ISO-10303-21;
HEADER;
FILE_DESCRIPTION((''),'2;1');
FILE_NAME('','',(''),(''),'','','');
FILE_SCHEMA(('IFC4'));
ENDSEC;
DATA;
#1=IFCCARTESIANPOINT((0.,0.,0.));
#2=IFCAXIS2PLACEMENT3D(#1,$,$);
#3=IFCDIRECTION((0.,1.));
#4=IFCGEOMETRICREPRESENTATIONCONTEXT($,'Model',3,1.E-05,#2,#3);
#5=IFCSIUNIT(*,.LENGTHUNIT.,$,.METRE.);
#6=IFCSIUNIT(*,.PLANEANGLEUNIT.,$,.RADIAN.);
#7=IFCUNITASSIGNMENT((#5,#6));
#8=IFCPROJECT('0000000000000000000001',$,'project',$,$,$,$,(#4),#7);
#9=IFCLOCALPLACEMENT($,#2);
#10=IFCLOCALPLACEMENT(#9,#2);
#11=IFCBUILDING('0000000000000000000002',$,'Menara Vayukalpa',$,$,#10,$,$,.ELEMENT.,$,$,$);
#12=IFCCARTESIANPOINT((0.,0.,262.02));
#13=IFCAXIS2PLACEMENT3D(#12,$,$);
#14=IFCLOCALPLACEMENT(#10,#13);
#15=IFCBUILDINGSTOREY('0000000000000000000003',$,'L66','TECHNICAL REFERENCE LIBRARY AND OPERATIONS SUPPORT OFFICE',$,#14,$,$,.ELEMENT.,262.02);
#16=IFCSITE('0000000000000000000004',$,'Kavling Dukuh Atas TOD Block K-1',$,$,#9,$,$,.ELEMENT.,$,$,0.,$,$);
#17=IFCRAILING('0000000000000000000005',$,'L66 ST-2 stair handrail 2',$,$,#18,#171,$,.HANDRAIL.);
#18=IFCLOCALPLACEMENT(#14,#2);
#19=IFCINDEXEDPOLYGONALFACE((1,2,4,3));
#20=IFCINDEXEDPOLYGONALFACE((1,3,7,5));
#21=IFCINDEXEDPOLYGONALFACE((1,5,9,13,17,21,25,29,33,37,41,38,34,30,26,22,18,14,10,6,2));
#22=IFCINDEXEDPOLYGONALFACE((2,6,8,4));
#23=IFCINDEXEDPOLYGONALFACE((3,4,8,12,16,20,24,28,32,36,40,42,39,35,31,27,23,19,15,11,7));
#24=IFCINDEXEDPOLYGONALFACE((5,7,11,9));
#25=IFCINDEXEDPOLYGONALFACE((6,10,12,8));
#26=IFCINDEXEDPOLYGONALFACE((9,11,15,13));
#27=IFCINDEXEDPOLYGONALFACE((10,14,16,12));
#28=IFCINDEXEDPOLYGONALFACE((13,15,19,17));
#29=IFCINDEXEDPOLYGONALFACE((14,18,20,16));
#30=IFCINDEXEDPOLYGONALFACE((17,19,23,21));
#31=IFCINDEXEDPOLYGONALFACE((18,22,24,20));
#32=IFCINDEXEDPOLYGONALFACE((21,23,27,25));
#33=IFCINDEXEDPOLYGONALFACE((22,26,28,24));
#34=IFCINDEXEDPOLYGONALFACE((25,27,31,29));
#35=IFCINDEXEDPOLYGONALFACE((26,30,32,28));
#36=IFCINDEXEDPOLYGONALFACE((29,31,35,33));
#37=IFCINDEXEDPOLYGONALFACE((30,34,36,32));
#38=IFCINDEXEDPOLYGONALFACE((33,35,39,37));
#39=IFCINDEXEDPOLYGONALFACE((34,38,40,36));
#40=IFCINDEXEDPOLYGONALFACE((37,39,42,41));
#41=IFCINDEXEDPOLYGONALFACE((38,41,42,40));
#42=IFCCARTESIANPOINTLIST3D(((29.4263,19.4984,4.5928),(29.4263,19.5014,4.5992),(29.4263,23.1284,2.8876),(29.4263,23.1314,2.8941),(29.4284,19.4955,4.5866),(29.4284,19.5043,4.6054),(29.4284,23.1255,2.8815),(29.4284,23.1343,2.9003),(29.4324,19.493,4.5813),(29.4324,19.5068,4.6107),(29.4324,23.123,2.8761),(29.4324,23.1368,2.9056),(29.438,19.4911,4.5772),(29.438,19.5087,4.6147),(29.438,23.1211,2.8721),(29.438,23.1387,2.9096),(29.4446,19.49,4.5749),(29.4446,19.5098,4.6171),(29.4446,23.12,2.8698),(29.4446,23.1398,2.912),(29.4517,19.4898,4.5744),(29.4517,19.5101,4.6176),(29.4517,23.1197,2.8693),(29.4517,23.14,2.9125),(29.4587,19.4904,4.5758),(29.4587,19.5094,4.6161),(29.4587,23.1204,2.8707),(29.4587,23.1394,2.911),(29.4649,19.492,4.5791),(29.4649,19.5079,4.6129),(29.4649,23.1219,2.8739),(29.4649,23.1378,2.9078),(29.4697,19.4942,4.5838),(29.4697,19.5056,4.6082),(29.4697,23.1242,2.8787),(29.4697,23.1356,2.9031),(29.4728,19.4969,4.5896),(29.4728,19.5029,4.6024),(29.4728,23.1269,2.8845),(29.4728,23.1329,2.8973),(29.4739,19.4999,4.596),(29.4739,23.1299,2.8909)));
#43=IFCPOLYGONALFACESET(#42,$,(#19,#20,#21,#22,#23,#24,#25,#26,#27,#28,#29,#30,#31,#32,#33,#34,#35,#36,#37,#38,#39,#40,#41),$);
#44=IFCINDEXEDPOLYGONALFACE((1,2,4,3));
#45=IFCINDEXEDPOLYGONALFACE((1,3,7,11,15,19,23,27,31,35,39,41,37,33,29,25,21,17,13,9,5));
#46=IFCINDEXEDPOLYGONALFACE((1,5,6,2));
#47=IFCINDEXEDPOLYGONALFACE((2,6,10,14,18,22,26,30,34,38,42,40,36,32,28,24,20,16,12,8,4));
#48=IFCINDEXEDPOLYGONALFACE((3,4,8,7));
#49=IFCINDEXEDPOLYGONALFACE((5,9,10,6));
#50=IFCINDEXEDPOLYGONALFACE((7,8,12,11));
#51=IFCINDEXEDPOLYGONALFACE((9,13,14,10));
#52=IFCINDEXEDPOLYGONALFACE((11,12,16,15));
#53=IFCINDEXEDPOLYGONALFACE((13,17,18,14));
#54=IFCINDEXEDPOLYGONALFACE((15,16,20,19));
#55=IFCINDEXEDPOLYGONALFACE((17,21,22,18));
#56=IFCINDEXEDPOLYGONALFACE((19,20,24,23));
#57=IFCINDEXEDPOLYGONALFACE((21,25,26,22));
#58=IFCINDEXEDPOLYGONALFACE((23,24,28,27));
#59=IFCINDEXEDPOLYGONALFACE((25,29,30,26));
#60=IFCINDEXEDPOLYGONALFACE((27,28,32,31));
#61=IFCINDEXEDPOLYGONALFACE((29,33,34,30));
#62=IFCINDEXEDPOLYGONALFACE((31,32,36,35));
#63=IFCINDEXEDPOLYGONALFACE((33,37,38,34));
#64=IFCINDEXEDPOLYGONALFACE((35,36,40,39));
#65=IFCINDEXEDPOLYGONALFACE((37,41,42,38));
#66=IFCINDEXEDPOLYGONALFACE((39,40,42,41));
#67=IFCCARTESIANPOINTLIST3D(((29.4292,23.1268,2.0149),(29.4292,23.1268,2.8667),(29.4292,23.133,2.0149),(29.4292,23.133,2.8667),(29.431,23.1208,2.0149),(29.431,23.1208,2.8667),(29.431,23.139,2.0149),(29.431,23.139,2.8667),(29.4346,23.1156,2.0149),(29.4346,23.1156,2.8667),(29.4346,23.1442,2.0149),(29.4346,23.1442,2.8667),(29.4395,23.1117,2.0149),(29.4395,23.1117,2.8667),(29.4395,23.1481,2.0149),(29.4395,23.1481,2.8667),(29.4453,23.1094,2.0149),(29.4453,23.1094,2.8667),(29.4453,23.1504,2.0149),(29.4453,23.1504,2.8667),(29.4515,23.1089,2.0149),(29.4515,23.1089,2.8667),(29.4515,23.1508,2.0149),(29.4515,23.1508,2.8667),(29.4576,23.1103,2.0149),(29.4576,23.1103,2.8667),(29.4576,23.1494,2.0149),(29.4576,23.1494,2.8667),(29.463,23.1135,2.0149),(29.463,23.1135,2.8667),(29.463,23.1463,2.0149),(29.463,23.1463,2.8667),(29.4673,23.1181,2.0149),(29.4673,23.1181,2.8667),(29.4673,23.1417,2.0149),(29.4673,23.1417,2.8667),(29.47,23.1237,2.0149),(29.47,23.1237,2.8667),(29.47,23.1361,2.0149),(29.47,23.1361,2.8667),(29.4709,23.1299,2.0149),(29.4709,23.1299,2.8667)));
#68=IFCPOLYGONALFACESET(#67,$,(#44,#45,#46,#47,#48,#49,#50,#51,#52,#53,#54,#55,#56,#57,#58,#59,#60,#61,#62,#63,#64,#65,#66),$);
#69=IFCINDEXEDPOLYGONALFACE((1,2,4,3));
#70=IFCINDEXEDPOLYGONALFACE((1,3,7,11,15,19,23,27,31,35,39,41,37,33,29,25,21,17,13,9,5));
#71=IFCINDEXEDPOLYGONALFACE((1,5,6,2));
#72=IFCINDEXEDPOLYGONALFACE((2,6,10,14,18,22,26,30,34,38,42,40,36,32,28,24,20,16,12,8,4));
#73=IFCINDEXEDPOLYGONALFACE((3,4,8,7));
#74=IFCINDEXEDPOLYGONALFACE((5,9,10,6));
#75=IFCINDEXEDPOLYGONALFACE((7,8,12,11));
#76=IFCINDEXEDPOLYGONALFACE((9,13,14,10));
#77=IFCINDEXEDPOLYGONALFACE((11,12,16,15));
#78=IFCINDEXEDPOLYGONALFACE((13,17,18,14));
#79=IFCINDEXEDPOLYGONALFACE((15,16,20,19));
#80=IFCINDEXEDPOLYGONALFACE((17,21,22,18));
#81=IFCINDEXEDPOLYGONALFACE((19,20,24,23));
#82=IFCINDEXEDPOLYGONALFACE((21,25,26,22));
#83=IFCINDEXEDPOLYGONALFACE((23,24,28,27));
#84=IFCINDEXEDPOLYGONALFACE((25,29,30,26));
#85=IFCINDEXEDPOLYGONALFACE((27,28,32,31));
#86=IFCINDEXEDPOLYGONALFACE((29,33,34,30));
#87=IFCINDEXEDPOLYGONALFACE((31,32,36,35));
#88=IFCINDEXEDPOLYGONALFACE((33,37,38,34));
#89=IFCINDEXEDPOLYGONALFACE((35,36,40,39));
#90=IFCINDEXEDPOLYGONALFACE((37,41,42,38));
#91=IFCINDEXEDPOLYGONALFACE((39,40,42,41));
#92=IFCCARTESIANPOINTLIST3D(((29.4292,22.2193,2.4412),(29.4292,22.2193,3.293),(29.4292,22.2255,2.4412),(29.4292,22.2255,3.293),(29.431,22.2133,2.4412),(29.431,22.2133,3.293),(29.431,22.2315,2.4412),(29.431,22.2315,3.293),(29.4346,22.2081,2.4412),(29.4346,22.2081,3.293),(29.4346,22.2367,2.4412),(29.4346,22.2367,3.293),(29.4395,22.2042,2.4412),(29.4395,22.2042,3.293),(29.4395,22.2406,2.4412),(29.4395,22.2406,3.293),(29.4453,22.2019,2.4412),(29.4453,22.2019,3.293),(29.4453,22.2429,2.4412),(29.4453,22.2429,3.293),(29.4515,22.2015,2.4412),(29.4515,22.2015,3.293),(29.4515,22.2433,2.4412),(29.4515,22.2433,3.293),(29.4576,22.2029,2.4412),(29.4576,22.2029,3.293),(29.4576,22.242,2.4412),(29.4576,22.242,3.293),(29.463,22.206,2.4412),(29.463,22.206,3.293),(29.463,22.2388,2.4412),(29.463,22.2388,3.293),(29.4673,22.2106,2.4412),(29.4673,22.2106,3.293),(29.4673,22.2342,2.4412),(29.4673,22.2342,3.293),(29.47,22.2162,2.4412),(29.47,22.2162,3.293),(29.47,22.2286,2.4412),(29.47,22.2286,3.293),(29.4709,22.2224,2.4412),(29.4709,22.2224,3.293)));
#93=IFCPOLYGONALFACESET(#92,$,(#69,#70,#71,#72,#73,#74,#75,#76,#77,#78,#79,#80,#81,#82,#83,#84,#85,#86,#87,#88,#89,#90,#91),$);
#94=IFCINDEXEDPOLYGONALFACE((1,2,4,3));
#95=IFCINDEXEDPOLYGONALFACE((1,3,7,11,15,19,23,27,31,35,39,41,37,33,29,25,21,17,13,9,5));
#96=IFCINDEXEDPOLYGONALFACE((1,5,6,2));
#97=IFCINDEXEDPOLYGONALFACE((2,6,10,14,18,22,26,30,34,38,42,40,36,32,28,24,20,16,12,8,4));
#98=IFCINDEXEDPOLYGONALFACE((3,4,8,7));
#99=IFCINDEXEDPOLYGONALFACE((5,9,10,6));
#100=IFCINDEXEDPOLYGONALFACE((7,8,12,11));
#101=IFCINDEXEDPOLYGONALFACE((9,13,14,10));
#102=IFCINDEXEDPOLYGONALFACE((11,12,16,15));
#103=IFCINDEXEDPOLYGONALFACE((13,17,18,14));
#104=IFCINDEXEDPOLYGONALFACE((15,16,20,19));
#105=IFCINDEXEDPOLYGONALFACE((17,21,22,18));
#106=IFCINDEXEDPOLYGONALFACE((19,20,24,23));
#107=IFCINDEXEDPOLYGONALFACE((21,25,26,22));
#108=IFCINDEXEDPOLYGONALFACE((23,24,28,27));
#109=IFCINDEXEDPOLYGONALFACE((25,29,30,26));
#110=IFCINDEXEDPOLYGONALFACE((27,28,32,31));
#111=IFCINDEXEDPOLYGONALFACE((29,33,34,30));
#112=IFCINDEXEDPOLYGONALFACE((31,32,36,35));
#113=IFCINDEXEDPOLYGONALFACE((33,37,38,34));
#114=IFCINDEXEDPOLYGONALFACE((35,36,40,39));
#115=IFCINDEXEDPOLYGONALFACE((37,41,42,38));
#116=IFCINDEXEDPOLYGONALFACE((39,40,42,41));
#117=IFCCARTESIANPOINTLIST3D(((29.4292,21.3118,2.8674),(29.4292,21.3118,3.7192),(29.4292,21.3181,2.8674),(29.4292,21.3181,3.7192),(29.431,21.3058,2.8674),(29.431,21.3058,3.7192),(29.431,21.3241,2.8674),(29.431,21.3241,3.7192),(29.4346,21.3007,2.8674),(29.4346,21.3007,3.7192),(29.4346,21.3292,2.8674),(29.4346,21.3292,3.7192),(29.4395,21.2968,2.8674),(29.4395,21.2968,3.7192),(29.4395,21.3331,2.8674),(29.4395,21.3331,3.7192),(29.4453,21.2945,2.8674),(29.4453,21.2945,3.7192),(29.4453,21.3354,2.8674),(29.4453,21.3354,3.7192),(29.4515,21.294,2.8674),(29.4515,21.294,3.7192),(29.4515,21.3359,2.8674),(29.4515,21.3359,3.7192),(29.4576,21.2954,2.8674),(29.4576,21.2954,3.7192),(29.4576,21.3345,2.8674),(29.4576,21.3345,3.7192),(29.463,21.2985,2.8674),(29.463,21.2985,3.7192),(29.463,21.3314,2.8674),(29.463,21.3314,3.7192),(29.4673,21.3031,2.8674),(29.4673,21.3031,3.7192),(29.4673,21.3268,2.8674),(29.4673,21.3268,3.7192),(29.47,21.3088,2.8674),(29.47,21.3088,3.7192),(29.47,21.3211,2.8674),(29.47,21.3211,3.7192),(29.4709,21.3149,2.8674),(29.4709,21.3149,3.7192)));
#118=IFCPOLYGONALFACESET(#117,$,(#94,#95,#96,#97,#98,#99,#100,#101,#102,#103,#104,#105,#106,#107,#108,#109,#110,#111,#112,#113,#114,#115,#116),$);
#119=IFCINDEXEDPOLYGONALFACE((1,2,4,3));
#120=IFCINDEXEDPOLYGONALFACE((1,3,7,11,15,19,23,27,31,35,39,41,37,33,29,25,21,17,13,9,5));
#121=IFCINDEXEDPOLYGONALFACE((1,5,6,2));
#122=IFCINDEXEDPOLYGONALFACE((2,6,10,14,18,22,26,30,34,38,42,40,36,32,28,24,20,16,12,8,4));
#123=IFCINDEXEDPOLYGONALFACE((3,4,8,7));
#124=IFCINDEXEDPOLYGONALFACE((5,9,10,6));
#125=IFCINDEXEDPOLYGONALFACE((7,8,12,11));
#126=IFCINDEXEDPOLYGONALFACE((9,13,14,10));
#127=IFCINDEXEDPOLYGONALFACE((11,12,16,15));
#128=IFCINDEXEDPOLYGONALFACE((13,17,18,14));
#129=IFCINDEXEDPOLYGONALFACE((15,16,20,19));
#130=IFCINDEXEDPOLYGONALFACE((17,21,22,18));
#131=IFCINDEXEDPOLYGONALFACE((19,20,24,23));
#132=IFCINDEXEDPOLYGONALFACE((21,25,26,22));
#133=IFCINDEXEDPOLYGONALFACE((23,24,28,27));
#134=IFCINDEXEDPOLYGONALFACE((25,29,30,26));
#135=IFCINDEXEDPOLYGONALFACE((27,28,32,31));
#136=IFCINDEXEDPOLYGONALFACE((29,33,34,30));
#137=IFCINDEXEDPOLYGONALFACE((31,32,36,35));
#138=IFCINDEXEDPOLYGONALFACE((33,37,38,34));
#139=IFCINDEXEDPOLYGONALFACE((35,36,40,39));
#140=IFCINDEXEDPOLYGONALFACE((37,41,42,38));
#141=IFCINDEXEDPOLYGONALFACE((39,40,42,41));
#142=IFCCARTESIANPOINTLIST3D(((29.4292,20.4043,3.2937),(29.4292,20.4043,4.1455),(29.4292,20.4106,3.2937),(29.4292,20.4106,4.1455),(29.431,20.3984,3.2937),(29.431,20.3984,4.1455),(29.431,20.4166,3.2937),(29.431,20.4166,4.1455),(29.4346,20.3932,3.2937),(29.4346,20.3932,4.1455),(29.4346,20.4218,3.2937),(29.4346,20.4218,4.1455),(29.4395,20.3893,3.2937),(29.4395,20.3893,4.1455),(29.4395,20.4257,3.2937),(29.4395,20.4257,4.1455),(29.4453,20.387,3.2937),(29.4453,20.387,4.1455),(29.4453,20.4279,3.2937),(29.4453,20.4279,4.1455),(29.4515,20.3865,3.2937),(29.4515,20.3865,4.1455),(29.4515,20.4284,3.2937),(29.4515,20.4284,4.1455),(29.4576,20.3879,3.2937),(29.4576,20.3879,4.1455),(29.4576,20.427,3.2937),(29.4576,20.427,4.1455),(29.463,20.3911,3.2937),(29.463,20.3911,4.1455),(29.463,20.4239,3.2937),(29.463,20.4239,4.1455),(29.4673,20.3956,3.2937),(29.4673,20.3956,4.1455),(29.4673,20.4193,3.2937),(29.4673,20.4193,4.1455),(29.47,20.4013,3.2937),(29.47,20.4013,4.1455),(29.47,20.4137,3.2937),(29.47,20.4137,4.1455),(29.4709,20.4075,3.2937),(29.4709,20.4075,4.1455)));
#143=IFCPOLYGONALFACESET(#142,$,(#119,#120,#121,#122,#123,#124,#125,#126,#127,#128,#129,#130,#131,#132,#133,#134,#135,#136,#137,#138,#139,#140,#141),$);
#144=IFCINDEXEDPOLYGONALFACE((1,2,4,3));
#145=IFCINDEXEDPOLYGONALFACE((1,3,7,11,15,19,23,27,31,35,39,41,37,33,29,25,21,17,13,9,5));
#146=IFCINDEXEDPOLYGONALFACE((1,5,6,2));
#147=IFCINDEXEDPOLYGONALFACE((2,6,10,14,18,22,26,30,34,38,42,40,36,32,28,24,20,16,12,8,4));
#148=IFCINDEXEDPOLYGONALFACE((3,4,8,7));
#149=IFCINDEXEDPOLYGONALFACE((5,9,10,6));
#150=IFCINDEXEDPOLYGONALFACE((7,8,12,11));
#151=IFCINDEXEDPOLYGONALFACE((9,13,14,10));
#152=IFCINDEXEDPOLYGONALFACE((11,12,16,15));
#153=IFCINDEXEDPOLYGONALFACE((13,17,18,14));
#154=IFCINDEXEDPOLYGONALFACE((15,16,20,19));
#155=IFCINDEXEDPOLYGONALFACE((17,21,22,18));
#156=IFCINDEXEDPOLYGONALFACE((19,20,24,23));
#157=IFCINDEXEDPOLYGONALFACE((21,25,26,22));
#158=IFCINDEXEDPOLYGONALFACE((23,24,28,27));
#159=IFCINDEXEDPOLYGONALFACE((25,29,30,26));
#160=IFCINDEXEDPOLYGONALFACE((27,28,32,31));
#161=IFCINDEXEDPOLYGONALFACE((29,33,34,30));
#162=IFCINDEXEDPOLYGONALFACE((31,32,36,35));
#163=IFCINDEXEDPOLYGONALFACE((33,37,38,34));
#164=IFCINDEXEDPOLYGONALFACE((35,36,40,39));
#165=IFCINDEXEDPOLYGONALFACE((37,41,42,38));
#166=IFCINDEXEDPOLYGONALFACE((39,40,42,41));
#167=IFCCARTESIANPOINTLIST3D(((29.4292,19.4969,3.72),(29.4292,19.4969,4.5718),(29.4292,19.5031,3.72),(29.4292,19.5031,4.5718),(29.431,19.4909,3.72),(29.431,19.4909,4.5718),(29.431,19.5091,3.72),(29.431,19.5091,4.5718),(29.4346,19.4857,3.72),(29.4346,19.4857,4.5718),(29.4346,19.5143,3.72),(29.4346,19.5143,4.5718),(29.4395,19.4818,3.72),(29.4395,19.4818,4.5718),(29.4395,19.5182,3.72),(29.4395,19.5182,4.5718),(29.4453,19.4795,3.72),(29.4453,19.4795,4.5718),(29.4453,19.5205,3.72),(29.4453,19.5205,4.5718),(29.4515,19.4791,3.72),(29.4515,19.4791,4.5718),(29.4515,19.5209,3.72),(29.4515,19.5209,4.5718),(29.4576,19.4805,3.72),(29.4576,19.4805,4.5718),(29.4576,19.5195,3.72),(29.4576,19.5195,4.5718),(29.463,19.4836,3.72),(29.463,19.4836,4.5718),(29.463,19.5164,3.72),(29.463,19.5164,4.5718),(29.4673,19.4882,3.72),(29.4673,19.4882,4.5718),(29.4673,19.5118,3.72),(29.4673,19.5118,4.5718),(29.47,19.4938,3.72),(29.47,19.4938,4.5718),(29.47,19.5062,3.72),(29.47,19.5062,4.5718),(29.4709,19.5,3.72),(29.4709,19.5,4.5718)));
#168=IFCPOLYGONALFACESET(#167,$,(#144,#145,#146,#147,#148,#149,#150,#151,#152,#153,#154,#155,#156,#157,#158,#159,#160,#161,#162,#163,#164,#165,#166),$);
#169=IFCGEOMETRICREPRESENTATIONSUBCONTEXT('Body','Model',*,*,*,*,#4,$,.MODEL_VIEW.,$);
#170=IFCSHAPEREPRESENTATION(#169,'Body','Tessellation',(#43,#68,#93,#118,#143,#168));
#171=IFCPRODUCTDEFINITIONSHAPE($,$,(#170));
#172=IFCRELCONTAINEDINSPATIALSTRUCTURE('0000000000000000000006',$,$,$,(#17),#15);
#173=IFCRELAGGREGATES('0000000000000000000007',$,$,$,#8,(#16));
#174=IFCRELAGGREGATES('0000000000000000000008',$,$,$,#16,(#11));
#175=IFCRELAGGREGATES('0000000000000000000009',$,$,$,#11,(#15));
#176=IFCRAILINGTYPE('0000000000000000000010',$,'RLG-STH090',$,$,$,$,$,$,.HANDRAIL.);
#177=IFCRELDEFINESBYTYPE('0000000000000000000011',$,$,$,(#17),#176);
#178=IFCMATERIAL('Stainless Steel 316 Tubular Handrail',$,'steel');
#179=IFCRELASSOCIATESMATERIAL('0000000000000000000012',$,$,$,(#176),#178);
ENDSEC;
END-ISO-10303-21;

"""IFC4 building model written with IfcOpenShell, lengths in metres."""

from ifc_helpers import new_model, si_unit, direction, frame, origin, origin_2d, place, context, subcontext, project, spatial, circle, extrude, material, type_object, element, save


model = new_model("IFC4")

# Units and contexts
model_context = context("Model", 3, precision=1e-05, world=origin(), true_north=direction((0.0, 1.0)))
body_context = subcontext(model_context, "Body", "Model", "MODEL_VIEW")
ifc_project = project(units=[si_unit("LENGTHUNIT", "METRE"), si_unit("PLANEANGLEUNIT", "RADIAN")], contexts=[model_context])

# Site, building, storey
site_placement = place(None, origin())
site = spatial("IfcSite", under=ifc_project, at=site_placement, Name="Kavling Dukuh Atas TOD Block K-1", CompositionType="ELEMENT", RefElevation=0.0)
building_placement = place(site_placement, origin())
building = spatial("IfcBuilding", under=site, at=building_placement, Name="Menara Vayukalpa", CompositionType="ELEMENT")
storey_placement = place(building_placement, frame((0.0, 0.0, 262.02)))
storey = spatial("IfcBuildingStorey", under=building, at=storey_placement, Name="L66", Description="TECHNICAL REFERENCE LIBRARY AND OPERATIONS SUPPORT OFFICE", CompositionType="ELEMENT", Elevation=262.02)

# Railing
ifc_material_1 = material(Name="Stainless Steel 316 Tubular Handrail", Category="steel")
railing_type_1 = type_object("IfcRailingType", Name="RLG-STH090", PredefinedType="HANDRAIL", material=ifc_material_1)
railing_1_placement = place(storey_placement, frame((29.45, 23.1299, 2.0149)))
element("IfcRailing", 1, at=railing_1_placement, inside=storey, type_object=railing_type_1, Name="L66 ST-2 stair handrail 2", PredefinedType="HANDRAIL", context=body_context, shape_type="SweptSolid", body=[
    extrude(circle(Radius=0.0239, at=origin_2d()), frame((0.0, 0.0, 0.876), z_axis=(0.0, -0.905116, 0.425164), x_axis=(1.0, 0.0, 0.0)), (0.0, 0.0, 1.0), 4.0105),
    extrude(circle(Radius=0.021, at=origin_2d()), origin(), (0.0, 0.0, 1.0), 0.8518),
    extrude(circle(Radius=0.021, at=origin_2d()), frame((0.0, -0.9075, 0.4263)), (0.0, 0.0, 1.0), 0.8518),
    extrude(circle(Radius=0.021, at=origin_2d()), frame((0.0, -1.8149, 0.8525)), (0.0, 0.0, 1.0), 0.8518),
    extrude(circle(Radius=0.021, at=origin_2d()), frame((0.0, -2.7224, 1.2788)), (0.0, 0.0, 1.0), 0.8518),
    extrude(circle(Radius=0.021, at=origin_2d()), frame((0.0, -3.6299, 1.7051)), (0.0, 0.0, 1.0), 0.8518),
])

save(model, "model.ifc")
